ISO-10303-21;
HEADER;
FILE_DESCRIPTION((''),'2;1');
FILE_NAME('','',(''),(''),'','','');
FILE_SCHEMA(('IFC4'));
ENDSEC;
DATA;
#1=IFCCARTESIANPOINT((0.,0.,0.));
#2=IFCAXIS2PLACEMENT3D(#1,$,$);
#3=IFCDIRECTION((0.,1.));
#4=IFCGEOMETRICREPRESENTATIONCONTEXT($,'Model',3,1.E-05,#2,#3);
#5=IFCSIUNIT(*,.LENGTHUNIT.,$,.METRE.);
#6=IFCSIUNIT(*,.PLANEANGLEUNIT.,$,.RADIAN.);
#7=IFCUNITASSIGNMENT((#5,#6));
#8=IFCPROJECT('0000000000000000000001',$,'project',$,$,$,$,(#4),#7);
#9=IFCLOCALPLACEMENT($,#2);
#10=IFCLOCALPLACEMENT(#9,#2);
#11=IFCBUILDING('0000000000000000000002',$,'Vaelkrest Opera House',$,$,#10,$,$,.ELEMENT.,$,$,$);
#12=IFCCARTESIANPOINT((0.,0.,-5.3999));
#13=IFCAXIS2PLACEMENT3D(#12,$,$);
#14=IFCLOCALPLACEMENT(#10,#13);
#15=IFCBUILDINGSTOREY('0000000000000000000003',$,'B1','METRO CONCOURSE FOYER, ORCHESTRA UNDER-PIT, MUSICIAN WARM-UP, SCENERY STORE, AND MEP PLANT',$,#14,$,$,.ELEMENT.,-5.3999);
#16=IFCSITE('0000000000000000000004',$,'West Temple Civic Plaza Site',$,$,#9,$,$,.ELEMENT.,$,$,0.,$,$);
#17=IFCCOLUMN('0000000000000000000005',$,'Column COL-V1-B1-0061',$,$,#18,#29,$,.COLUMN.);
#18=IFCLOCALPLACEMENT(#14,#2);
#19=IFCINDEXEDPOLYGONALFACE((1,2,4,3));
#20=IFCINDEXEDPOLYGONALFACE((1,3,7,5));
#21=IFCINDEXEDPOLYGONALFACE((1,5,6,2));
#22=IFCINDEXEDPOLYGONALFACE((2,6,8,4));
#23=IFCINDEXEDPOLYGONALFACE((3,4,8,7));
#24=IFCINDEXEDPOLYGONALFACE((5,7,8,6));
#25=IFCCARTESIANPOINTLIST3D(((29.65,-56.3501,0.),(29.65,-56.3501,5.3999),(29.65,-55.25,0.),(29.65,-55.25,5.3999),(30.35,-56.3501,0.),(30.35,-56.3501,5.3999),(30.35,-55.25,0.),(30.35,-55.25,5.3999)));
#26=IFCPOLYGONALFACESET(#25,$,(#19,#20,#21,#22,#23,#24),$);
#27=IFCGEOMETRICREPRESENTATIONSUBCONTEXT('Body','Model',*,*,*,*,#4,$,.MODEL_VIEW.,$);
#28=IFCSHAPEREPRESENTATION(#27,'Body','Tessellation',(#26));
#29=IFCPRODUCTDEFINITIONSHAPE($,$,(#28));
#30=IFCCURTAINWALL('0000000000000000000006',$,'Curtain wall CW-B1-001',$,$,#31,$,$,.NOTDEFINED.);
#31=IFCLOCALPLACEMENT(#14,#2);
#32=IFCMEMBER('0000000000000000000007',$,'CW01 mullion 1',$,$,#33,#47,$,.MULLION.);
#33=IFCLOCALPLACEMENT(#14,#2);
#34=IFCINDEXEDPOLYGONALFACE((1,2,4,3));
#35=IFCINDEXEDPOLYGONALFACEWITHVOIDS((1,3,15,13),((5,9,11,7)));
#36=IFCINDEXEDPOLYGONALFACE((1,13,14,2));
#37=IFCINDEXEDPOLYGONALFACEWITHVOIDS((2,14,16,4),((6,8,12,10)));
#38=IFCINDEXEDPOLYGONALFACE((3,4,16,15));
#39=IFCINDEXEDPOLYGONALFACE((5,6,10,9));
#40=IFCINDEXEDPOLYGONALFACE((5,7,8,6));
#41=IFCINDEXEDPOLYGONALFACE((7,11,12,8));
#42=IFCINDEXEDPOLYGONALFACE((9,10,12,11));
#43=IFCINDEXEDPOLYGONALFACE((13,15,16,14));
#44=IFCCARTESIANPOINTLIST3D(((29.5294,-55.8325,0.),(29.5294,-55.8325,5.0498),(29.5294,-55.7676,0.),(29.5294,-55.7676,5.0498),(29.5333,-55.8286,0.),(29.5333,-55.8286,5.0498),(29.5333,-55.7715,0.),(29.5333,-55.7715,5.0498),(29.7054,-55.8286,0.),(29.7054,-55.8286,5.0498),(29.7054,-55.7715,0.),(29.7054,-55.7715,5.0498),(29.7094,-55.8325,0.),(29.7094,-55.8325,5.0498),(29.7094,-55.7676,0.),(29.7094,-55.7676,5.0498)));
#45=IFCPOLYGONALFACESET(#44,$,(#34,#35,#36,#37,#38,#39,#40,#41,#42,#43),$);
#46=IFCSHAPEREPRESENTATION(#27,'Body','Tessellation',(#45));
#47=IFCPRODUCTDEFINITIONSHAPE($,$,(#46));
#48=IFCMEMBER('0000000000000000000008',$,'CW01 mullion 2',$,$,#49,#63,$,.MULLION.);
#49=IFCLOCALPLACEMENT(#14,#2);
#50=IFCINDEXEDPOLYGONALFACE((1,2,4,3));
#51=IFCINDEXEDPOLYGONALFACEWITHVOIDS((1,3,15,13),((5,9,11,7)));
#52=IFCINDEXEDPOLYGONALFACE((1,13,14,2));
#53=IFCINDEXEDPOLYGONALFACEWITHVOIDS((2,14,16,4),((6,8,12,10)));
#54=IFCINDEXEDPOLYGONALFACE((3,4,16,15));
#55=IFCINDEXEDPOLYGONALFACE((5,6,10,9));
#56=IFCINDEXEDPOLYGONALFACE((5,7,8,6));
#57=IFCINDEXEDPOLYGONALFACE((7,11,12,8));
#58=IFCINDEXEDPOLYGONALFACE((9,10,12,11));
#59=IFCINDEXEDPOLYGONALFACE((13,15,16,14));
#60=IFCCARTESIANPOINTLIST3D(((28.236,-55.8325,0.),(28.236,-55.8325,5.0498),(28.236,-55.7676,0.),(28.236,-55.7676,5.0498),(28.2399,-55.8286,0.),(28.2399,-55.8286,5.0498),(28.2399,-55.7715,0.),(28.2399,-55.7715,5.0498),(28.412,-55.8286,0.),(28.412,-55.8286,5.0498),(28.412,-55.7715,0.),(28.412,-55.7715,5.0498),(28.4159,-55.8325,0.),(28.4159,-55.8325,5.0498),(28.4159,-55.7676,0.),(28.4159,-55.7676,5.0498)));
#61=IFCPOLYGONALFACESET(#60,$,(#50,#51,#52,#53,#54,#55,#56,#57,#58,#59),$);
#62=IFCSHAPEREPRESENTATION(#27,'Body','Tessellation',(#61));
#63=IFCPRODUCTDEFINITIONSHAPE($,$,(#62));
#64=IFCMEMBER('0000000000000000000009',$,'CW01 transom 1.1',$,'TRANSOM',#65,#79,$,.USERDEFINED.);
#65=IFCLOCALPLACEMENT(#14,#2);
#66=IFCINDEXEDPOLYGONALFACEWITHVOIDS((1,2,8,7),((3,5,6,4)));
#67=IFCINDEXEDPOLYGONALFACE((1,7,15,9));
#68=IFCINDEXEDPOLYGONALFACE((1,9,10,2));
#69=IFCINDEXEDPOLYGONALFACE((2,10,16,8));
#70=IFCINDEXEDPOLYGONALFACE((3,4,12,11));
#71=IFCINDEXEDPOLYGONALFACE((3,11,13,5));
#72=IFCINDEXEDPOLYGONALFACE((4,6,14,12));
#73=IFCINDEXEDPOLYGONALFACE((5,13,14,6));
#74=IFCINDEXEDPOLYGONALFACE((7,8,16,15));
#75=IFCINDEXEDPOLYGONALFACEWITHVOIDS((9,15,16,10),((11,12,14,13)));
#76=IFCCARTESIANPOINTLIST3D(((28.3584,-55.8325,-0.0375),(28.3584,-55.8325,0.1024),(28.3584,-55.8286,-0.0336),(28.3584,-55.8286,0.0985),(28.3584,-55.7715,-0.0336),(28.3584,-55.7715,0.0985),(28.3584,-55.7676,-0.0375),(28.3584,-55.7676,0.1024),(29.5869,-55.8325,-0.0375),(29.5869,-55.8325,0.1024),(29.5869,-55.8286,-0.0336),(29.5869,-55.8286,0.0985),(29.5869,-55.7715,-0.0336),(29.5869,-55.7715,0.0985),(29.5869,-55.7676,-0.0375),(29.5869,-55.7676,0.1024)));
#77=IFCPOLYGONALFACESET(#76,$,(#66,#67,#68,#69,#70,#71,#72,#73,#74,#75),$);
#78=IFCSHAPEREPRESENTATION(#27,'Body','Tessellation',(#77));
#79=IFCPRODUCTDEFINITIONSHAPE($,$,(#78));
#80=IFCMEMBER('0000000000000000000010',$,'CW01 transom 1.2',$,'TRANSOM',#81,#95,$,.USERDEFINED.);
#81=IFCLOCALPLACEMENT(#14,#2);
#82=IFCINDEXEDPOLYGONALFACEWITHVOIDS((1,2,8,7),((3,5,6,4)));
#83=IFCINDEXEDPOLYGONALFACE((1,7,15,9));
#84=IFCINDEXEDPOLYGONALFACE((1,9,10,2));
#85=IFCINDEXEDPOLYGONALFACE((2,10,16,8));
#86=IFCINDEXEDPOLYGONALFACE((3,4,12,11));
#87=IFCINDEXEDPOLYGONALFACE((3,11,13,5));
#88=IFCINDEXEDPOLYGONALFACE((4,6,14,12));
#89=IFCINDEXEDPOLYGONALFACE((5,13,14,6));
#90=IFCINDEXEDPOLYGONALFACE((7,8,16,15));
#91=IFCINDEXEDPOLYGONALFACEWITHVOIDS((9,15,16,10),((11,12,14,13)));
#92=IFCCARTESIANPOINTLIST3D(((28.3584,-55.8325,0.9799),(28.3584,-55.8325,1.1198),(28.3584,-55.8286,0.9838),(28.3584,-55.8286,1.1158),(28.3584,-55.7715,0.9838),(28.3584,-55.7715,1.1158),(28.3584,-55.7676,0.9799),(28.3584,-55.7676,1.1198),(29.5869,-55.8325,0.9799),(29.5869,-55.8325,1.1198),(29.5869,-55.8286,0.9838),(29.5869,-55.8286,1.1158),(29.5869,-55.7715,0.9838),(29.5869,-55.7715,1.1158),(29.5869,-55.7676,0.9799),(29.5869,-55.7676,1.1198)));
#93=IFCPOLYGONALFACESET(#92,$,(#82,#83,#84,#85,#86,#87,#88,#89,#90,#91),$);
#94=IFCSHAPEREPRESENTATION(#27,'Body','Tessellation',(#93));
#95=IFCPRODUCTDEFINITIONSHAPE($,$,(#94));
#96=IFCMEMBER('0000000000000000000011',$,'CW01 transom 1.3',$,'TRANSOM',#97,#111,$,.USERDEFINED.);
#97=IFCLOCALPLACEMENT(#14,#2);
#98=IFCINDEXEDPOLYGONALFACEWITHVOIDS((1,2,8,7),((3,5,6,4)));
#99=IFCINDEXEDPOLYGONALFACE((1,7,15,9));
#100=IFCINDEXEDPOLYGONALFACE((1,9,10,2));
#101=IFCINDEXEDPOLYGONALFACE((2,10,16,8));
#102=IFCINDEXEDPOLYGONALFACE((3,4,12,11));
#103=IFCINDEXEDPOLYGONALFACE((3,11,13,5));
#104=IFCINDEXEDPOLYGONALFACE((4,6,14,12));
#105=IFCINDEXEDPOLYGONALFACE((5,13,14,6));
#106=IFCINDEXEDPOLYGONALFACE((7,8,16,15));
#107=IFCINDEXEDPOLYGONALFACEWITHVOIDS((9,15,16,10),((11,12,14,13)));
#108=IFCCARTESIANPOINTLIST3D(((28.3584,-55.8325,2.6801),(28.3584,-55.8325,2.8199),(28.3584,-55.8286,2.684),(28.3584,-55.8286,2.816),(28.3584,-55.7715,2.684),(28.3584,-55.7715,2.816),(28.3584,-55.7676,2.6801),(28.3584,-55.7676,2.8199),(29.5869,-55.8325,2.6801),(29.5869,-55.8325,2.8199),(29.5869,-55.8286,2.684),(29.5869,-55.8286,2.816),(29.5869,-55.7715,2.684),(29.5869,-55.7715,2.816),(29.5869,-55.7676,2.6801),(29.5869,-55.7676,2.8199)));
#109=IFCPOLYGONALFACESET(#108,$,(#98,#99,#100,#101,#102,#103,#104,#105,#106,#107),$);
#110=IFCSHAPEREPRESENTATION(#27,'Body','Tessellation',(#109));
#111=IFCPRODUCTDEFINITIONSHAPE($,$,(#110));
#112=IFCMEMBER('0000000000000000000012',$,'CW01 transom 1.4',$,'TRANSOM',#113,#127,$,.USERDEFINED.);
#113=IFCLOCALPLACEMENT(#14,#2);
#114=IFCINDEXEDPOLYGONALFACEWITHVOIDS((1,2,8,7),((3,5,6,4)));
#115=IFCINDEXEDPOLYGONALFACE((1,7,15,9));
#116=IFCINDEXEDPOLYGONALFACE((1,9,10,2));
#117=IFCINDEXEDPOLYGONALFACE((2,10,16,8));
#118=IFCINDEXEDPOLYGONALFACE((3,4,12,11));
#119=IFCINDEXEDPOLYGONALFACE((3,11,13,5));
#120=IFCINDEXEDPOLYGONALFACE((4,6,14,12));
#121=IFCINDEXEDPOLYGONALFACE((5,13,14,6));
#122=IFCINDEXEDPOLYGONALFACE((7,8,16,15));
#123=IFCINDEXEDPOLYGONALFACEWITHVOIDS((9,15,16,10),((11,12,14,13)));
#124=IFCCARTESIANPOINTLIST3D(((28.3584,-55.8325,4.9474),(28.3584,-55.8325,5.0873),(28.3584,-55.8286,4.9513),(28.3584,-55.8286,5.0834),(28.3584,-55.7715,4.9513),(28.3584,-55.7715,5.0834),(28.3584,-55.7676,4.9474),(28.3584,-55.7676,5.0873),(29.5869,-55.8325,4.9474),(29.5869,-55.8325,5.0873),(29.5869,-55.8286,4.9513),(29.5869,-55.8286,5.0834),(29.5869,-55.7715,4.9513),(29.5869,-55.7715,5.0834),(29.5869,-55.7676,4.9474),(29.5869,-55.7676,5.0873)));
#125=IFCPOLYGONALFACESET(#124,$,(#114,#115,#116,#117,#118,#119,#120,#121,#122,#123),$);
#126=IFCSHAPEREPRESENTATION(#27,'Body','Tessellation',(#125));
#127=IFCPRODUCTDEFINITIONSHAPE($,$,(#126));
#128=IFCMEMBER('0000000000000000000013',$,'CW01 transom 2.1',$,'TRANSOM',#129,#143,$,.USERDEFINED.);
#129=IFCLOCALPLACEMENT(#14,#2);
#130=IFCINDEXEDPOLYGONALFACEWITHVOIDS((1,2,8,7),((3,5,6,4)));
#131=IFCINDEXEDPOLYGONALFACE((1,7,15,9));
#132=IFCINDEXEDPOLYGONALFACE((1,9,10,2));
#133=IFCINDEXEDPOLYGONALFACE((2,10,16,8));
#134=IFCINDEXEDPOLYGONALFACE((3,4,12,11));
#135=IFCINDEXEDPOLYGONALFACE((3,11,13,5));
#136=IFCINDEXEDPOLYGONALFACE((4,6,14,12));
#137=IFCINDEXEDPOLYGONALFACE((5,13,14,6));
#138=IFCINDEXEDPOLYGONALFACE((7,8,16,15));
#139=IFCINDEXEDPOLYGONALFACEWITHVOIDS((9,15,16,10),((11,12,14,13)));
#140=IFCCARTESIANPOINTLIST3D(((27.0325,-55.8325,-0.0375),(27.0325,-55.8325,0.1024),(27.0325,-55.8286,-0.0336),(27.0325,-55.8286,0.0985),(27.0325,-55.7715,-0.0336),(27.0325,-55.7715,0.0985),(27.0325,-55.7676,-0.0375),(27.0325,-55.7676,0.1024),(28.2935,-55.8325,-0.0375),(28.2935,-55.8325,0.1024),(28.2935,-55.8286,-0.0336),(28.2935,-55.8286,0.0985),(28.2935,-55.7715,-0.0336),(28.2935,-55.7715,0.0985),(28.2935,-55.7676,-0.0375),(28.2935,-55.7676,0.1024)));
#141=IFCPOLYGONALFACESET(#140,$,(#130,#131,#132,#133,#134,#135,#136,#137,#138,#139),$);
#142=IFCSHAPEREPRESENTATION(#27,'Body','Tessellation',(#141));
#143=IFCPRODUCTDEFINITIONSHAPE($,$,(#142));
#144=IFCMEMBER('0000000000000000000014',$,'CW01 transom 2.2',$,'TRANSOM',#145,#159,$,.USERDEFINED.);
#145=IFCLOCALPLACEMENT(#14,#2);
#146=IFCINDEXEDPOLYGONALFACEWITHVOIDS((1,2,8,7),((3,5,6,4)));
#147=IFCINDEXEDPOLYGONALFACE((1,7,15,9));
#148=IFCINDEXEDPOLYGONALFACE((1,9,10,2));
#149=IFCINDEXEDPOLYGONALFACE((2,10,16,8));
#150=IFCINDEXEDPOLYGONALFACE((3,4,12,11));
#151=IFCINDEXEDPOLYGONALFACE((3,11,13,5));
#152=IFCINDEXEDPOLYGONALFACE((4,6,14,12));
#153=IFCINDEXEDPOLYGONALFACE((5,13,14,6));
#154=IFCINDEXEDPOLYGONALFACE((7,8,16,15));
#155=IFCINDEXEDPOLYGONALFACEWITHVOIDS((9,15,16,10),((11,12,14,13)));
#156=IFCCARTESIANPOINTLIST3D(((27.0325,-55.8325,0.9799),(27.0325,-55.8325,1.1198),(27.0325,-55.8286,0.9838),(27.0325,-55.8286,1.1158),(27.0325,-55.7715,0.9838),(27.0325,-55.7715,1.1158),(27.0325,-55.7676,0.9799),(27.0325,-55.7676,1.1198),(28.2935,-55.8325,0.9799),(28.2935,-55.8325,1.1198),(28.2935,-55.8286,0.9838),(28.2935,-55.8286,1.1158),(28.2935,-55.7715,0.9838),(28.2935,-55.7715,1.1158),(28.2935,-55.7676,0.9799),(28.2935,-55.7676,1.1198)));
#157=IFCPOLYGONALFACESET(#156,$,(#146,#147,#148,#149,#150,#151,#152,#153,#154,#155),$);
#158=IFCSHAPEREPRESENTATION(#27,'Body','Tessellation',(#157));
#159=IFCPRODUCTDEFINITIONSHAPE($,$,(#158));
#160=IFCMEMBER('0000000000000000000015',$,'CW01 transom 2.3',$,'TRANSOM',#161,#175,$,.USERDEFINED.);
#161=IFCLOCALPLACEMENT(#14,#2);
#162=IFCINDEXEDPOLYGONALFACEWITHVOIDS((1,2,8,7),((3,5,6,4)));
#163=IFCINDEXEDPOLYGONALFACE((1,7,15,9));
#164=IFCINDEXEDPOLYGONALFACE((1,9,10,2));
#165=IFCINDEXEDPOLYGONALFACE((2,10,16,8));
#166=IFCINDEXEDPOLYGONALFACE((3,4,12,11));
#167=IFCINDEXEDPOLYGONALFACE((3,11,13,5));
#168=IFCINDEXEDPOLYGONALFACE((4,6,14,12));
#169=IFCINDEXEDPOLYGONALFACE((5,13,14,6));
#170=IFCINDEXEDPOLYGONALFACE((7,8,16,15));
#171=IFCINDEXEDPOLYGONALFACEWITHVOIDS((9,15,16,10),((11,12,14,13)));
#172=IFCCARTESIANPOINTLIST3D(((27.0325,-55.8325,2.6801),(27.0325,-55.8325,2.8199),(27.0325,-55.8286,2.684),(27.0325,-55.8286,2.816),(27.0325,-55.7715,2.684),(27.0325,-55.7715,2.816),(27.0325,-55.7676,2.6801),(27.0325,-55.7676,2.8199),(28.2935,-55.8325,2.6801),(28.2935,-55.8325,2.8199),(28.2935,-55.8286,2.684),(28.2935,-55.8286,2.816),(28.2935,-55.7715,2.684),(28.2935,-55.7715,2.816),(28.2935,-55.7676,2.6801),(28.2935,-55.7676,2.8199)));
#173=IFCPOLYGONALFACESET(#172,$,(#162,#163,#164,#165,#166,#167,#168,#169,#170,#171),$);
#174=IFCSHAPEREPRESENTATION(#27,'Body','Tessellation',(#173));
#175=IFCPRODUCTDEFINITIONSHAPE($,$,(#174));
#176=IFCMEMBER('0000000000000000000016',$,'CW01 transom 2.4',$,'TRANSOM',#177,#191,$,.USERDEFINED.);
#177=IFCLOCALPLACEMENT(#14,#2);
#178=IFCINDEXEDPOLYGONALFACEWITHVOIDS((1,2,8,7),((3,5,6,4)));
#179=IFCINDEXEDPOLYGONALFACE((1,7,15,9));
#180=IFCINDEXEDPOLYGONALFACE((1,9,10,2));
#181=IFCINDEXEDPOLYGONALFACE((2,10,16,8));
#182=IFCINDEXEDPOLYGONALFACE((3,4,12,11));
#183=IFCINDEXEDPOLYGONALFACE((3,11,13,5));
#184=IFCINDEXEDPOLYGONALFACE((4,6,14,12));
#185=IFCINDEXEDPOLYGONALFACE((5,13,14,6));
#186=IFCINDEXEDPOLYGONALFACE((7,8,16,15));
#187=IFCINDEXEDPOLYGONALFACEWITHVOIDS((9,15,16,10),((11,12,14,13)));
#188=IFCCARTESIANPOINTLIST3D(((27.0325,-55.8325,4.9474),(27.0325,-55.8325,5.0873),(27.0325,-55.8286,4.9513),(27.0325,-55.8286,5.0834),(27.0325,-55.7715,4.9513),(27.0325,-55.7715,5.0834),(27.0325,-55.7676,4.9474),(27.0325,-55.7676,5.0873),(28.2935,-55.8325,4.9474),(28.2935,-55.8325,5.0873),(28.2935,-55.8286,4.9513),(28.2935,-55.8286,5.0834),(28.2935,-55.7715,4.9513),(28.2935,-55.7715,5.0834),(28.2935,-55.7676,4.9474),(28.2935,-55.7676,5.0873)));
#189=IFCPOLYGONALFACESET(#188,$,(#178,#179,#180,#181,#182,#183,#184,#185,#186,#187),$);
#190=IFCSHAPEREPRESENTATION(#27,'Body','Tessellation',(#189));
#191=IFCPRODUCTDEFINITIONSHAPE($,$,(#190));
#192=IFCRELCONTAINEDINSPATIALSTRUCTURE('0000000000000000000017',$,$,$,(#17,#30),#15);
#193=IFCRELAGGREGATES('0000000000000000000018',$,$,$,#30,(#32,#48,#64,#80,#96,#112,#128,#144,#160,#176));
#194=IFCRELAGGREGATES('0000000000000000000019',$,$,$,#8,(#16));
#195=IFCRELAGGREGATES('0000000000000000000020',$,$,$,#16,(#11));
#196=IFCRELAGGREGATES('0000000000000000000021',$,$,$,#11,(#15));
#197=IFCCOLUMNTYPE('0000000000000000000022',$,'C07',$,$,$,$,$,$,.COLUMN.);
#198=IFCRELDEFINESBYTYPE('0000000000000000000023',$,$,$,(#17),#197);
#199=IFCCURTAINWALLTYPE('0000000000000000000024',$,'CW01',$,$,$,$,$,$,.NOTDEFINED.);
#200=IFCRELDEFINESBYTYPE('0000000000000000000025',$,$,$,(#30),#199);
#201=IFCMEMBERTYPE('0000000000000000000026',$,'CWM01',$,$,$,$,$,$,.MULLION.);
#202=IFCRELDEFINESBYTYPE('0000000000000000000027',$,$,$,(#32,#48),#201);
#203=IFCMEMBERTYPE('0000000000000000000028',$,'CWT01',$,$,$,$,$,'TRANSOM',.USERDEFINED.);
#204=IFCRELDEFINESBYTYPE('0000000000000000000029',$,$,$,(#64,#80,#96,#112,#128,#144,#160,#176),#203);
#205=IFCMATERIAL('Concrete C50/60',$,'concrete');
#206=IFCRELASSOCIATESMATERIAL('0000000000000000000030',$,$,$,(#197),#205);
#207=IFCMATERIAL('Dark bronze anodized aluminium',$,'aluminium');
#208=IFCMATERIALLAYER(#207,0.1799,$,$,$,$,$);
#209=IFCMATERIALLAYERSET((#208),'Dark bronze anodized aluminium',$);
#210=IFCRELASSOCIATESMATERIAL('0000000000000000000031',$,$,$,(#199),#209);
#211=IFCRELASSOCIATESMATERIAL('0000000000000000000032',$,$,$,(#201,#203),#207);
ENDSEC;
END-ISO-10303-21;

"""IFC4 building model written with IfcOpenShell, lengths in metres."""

from ifc_helpers import new_model, si_unit, direction, frame, origin, origin_2d, place, context, subcontext, project, spatial, rectangle, hollow_rectangle, extrude, material, layer, layer_set, material_profile, profile_set, type_object, element, aggregate, save


model = new_model("IFC4")

# Units and contexts
model_context = context("Model", 3, precision=1e-05, world=origin(), true_north=direction((0.0, 1.0)))
body_context = subcontext(model_context, "Body", "Model", "MODEL_VIEW")
ifc_project = project(units=[si_unit("LENGTHUNIT", "METRE"), si_unit("PLANEANGLEUNIT", "RADIAN")], contexts=[model_context])

# Site, building, storey
site_placement = place(None, origin())
site = spatial("IfcSite", under=ifc_project, at=site_placement, Name="West Temple Civic Plaza Site", CompositionType="ELEMENT", RefElevation=0.0)
building_placement = place(site_placement, origin())
building = spatial("IfcBuilding", under=site, at=building_placement, Name="Vaelkrest Opera House", CompositionType="ELEMENT")
storey_placement = place(building_placement, frame((0.0, 0.0, -5.3999)))
storey = spatial("IfcBuildingStorey", under=building, at=storey_placement, Name="B1", Description="METRO CONCOURSE FOYER, ORCHESTRA UNDER-PIT, MUSICIAN WARM-UP, SCENERY STORE, AND MEP PLANT", CompositionType="ELEMENT", Elevation=-5.3999)

# Column
ifc_material_1 = material(Name="Concrete C50/60", Category="concrete")
ifc_material_profile_1 = material_profile(ifc_material_1, rectangle(XDim=0.7, YDim=1.1001, at=origin_2d()), Name="RC700X1100")
ifc_profile_set_1 = profile_set([ifc_material_profile_1], Name="Concrete C50/60")
column_type_1 = type_object("IfcColumnType", Name="C07", PredefinedType="COLUMN", material=ifc_profile_set_1)
column_1_placement = place(storey_placement, frame((30.0, -55.8, 0.0), z_axis=(0.0, 0.0, 1.0), x_axis=(1.0, 0.0, 0.0)))
element("IfcColumn", 1, at=column_1_placement, inside=storey, type_object=column_type_1, Name="Column COL-V1-B1-0061", PredefinedType="COLUMN", context=body_context, shape_type="SweptSolid", body=[
    extrude(rectangle(XDim=0.7, YDim=1.1001, at=origin_2d()), origin(), (0.0, 0.0, 1.0), 5.3999),
])

# Curtain wall, members
ifc_material_2 = material(Name="Dark bronze anodized aluminium", Category="aluminium")
ifc_layer_1 = layer(ifc_material_2, 0.1799)
ifc_layer_set_1 = layer_set([ifc_layer_1], Name="Dark bronze anodized aluminium")
curtain_wall_type = type_object("IfcCurtainWallType", Name="CW01", PredefinedType="NOTDEFINED", material=ifc_layer_set_1)
curtain_wall_placement = place(storey_placement, origin())
curtain_wall = element("IfcCurtainWall", 2, at=curtain_wall_placement, inside=storey, type_object=curtain_wall_type, Name="Curtain wall CW-B1-001", PredefinedType="NOTDEFINED")
ifc_material_profile_2 = material_profile(ifc_material_2, hollow_rectangle(XDim=0.0649, YDim=0.1799, WallThickness=0.0039, at=origin_2d()), Name="CWM65X180")
ifc_profile_set_2 = profile_set([ifc_material_profile_2], Name="Dark bronze anodized aluminium")
member_type_1 = type_object("IfcMemberType", Name="CWM01", PredefinedType="MULLION", material=ifc_profile_set_2)
member_1_placement = place(storey_placement, frame((29.6194, -55.8, 0.0), z_axis=(0.0, 0.0, 1.0), x_axis=(0.0, -1.0, 0.0)))
member_1 = element("IfcMember", 3, at=member_1_placement, type_object=member_type_1, Name="CW01 mullion 1", PredefinedType="MULLION", context=body_context, shape_type="SweptSolid", body=[
    extrude(hollow_rectangle(XDim=0.0649, YDim=0.1799, WallThickness=0.0039, at=origin_2d()), origin(), (0.0, 0.0, 1.0), 5.0498),
])
member_2_placement = place(storey_placement, frame((28.3259, -55.8, 0.0), z_axis=(0.0, 0.0, 1.0), x_axis=(0.0, -1.0, 0.0)))
member_2 = element("IfcMember", 4, at=member_2_placement, type_object=member_type_1, Name="CW01 mullion 2", PredefinedType="MULLION", context=body_context, shape_type="SweptSolid", body=[
    extrude(hollow_rectangle(XDim=0.0649, YDim=0.1799, WallThickness=0.0039, at=origin_2d()), origin(), (0.0, 0.0, 1.0), 5.0498),
])
ifc_material_profile_3 = material_profile(ifc_material_2, hollow_rectangle(XDim=0.0649, YDim=0.1399, WallThickness=0.0039, at=origin_2d()), Name="CWT65X140")
ifc_profile_set_3 = profile_set([ifc_material_profile_3], Name="Dark bronze anodized aluminium")
member_type_2 = type_object("IfcMemberType", Name="CWT01", ElementType="TRANSOM", PredefinedType="USERDEFINED", material=ifc_profile_set_3)
member_3_placement = place(storey_placement, frame((29.5869, -55.8, 0.0325), z_axis=(-1.0, 0.0, 0.0), x_axis=(0.0, -1.0, 0.0)))
member_3 = element("IfcMember", 5, at=member_3_placement, type_object=member_type_2, Name="CW01 transom 1.1", ObjectType="TRANSOM", PredefinedType="USERDEFINED", context=body_context, shape_type="SweptSolid", body=[
    extrude(hollow_rectangle(XDim=0.0649, YDim=0.1399, WallThickness=0.0039, at=origin_2d()), origin(), (0.0, 0.0, 1.0), 1.2285),
])
member_4_placement = place(storey_placement, frame((29.5869, -55.8, 1.0498), z_axis=(-1.0, 0.0, 0.0), x_axis=(0.0, -1.0, 0.0)))
member_4 = element("IfcMember", 6, at=member_4_placement, type_object=member_type_2, Name="CW01 transom 1.2", ObjectType="TRANSOM", PredefinedType="USERDEFINED", context=body_context, shape_type="SweptSolid", body=[
    extrude(hollow_rectangle(XDim=0.0649, YDim=0.1399, WallThickness=0.0039, at=origin_2d()), origin(), (0.0, 0.0, 1.0), 1.2285),
])
member_5_placement = place(storey_placement, frame((29.5869, -55.8, 2.75), z_axis=(-1.0, 0.0, 0.0), x_axis=(0.0, -1.0, 0.0)))
member_5 = element("IfcMember", 7, at=member_5_placement, type_object=member_type_2, Name="CW01 transom 1.3", ObjectType="TRANSOM", PredefinedType="USERDEFINED", context=body_context, shape_type="SweptSolid", body=[
    extrude(hollow_rectangle(XDim=0.0649, YDim=0.1399, WallThickness=0.0039, at=origin_2d()), origin(), (0.0, 0.0, 1.0), 1.2285),
])
member_6_placement = place(storey_placement, frame((29.5869, -55.8, 5.0173), z_axis=(-1.0, 0.0, 0.0), x_axis=(0.0, -1.0, 0.0)))
member_6 = element("IfcMember", 8, at=member_6_placement, type_object=member_type_2, Name="CW01 transom 1.4", ObjectType="TRANSOM", PredefinedType="USERDEFINED", context=body_context, shape_type="SweptSolid", body=[
    extrude(hollow_rectangle(XDim=0.0649, YDim=0.1399, WallThickness=0.0039, at=origin_2d()), origin(), (0.0, 0.0, 1.0), 1.2285),
])
member_7_placement = place(storey_placement, frame((28.2935, -55.8, 0.0325), z_axis=(-1.0, 0.0, 0.0), x_axis=(0.0, -1.0, 0.0)))
member_7 = element("IfcMember", 9, at=member_7_placement, type_object=member_type_2, Name="CW01 transom 2.1", ObjectType="TRANSOM", PredefinedType="USERDEFINED", context=body_context, shape_type="SweptSolid", body=[
    extrude(hollow_rectangle(XDim=0.0649, YDim=0.1399, WallThickness=0.0039, at=origin_2d()), origin(), (0.0, 0.0, 1.0), 1.261),
])
member_8_placement = place(storey_placement, frame((28.2935, -55.8, 1.0498), z_axis=(-1.0, 0.0, 0.0), x_axis=(0.0, -1.0, 0.0)))
member_8 = element("IfcMember", 10, at=member_8_placement, type_object=member_type_2, Name="CW01 transom 2.2", ObjectType="TRANSOM", PredefinedType="USERDEFINED", context=body_context, shape_type="SweptSolid", body=[
    extrude(hollow_rectangle(XDim=0.0649, YDim=0.1399, WallThickness=0.0039, at=origin_2d()), origin(), (0.0, 0.0, 1.0), 1.261),
])
member_9_placement = place(storey_placement, frame((28.2935, -55.8, 2.75), z_axis=(-1.0, 0.0, 0.0), x_axis=(0.0, -1.0, 0.0)))
member_9 = element("IfcMember", 11, at=member_9_placement, type_object=member_type_2, Name="CW01 transom 2.3", ObjectType="TRANSOM", PredefinedType="USERDEFINED", context=body_context, shape_type="SweptSolid", body=[
    extrude(hollow_rectangle(XDim=0.0649, YDim=0.1399, WallThickness=0.0039, at=origin_2d()), origin(), (0.0, 0.0, 1.0), 1.261),
])
member_10_placement = place(storey_placement, frame((28.2935, -55.8, 5.0173), z_axis=(-1.0, 0.0, 0.0), x_axis=(0.0, -1.0, 0.0)))
member_10 = element("IfcMember", 12, at=member_10_placement, type_object=member_type_2, Name="CW01 transom 2.4", ObjectType="TRANSOM", PredefinedType="USERDEFINED", context=body_context, shape_type="SweptSolid", body=[
    extrude(hollow_rectangle(XDim=0.0649, YDim=0.1399, WallThickness=0.0039, at=origin_2d()), origin(), (0.0, 0.0, 1.0), 1.261),
])
aggregate(curtain_wall, [member_1, member_2, member_3, member_4, member_5, member_6, member_7, member_8, member_9, member_10])

save(model, "model.ifc")
